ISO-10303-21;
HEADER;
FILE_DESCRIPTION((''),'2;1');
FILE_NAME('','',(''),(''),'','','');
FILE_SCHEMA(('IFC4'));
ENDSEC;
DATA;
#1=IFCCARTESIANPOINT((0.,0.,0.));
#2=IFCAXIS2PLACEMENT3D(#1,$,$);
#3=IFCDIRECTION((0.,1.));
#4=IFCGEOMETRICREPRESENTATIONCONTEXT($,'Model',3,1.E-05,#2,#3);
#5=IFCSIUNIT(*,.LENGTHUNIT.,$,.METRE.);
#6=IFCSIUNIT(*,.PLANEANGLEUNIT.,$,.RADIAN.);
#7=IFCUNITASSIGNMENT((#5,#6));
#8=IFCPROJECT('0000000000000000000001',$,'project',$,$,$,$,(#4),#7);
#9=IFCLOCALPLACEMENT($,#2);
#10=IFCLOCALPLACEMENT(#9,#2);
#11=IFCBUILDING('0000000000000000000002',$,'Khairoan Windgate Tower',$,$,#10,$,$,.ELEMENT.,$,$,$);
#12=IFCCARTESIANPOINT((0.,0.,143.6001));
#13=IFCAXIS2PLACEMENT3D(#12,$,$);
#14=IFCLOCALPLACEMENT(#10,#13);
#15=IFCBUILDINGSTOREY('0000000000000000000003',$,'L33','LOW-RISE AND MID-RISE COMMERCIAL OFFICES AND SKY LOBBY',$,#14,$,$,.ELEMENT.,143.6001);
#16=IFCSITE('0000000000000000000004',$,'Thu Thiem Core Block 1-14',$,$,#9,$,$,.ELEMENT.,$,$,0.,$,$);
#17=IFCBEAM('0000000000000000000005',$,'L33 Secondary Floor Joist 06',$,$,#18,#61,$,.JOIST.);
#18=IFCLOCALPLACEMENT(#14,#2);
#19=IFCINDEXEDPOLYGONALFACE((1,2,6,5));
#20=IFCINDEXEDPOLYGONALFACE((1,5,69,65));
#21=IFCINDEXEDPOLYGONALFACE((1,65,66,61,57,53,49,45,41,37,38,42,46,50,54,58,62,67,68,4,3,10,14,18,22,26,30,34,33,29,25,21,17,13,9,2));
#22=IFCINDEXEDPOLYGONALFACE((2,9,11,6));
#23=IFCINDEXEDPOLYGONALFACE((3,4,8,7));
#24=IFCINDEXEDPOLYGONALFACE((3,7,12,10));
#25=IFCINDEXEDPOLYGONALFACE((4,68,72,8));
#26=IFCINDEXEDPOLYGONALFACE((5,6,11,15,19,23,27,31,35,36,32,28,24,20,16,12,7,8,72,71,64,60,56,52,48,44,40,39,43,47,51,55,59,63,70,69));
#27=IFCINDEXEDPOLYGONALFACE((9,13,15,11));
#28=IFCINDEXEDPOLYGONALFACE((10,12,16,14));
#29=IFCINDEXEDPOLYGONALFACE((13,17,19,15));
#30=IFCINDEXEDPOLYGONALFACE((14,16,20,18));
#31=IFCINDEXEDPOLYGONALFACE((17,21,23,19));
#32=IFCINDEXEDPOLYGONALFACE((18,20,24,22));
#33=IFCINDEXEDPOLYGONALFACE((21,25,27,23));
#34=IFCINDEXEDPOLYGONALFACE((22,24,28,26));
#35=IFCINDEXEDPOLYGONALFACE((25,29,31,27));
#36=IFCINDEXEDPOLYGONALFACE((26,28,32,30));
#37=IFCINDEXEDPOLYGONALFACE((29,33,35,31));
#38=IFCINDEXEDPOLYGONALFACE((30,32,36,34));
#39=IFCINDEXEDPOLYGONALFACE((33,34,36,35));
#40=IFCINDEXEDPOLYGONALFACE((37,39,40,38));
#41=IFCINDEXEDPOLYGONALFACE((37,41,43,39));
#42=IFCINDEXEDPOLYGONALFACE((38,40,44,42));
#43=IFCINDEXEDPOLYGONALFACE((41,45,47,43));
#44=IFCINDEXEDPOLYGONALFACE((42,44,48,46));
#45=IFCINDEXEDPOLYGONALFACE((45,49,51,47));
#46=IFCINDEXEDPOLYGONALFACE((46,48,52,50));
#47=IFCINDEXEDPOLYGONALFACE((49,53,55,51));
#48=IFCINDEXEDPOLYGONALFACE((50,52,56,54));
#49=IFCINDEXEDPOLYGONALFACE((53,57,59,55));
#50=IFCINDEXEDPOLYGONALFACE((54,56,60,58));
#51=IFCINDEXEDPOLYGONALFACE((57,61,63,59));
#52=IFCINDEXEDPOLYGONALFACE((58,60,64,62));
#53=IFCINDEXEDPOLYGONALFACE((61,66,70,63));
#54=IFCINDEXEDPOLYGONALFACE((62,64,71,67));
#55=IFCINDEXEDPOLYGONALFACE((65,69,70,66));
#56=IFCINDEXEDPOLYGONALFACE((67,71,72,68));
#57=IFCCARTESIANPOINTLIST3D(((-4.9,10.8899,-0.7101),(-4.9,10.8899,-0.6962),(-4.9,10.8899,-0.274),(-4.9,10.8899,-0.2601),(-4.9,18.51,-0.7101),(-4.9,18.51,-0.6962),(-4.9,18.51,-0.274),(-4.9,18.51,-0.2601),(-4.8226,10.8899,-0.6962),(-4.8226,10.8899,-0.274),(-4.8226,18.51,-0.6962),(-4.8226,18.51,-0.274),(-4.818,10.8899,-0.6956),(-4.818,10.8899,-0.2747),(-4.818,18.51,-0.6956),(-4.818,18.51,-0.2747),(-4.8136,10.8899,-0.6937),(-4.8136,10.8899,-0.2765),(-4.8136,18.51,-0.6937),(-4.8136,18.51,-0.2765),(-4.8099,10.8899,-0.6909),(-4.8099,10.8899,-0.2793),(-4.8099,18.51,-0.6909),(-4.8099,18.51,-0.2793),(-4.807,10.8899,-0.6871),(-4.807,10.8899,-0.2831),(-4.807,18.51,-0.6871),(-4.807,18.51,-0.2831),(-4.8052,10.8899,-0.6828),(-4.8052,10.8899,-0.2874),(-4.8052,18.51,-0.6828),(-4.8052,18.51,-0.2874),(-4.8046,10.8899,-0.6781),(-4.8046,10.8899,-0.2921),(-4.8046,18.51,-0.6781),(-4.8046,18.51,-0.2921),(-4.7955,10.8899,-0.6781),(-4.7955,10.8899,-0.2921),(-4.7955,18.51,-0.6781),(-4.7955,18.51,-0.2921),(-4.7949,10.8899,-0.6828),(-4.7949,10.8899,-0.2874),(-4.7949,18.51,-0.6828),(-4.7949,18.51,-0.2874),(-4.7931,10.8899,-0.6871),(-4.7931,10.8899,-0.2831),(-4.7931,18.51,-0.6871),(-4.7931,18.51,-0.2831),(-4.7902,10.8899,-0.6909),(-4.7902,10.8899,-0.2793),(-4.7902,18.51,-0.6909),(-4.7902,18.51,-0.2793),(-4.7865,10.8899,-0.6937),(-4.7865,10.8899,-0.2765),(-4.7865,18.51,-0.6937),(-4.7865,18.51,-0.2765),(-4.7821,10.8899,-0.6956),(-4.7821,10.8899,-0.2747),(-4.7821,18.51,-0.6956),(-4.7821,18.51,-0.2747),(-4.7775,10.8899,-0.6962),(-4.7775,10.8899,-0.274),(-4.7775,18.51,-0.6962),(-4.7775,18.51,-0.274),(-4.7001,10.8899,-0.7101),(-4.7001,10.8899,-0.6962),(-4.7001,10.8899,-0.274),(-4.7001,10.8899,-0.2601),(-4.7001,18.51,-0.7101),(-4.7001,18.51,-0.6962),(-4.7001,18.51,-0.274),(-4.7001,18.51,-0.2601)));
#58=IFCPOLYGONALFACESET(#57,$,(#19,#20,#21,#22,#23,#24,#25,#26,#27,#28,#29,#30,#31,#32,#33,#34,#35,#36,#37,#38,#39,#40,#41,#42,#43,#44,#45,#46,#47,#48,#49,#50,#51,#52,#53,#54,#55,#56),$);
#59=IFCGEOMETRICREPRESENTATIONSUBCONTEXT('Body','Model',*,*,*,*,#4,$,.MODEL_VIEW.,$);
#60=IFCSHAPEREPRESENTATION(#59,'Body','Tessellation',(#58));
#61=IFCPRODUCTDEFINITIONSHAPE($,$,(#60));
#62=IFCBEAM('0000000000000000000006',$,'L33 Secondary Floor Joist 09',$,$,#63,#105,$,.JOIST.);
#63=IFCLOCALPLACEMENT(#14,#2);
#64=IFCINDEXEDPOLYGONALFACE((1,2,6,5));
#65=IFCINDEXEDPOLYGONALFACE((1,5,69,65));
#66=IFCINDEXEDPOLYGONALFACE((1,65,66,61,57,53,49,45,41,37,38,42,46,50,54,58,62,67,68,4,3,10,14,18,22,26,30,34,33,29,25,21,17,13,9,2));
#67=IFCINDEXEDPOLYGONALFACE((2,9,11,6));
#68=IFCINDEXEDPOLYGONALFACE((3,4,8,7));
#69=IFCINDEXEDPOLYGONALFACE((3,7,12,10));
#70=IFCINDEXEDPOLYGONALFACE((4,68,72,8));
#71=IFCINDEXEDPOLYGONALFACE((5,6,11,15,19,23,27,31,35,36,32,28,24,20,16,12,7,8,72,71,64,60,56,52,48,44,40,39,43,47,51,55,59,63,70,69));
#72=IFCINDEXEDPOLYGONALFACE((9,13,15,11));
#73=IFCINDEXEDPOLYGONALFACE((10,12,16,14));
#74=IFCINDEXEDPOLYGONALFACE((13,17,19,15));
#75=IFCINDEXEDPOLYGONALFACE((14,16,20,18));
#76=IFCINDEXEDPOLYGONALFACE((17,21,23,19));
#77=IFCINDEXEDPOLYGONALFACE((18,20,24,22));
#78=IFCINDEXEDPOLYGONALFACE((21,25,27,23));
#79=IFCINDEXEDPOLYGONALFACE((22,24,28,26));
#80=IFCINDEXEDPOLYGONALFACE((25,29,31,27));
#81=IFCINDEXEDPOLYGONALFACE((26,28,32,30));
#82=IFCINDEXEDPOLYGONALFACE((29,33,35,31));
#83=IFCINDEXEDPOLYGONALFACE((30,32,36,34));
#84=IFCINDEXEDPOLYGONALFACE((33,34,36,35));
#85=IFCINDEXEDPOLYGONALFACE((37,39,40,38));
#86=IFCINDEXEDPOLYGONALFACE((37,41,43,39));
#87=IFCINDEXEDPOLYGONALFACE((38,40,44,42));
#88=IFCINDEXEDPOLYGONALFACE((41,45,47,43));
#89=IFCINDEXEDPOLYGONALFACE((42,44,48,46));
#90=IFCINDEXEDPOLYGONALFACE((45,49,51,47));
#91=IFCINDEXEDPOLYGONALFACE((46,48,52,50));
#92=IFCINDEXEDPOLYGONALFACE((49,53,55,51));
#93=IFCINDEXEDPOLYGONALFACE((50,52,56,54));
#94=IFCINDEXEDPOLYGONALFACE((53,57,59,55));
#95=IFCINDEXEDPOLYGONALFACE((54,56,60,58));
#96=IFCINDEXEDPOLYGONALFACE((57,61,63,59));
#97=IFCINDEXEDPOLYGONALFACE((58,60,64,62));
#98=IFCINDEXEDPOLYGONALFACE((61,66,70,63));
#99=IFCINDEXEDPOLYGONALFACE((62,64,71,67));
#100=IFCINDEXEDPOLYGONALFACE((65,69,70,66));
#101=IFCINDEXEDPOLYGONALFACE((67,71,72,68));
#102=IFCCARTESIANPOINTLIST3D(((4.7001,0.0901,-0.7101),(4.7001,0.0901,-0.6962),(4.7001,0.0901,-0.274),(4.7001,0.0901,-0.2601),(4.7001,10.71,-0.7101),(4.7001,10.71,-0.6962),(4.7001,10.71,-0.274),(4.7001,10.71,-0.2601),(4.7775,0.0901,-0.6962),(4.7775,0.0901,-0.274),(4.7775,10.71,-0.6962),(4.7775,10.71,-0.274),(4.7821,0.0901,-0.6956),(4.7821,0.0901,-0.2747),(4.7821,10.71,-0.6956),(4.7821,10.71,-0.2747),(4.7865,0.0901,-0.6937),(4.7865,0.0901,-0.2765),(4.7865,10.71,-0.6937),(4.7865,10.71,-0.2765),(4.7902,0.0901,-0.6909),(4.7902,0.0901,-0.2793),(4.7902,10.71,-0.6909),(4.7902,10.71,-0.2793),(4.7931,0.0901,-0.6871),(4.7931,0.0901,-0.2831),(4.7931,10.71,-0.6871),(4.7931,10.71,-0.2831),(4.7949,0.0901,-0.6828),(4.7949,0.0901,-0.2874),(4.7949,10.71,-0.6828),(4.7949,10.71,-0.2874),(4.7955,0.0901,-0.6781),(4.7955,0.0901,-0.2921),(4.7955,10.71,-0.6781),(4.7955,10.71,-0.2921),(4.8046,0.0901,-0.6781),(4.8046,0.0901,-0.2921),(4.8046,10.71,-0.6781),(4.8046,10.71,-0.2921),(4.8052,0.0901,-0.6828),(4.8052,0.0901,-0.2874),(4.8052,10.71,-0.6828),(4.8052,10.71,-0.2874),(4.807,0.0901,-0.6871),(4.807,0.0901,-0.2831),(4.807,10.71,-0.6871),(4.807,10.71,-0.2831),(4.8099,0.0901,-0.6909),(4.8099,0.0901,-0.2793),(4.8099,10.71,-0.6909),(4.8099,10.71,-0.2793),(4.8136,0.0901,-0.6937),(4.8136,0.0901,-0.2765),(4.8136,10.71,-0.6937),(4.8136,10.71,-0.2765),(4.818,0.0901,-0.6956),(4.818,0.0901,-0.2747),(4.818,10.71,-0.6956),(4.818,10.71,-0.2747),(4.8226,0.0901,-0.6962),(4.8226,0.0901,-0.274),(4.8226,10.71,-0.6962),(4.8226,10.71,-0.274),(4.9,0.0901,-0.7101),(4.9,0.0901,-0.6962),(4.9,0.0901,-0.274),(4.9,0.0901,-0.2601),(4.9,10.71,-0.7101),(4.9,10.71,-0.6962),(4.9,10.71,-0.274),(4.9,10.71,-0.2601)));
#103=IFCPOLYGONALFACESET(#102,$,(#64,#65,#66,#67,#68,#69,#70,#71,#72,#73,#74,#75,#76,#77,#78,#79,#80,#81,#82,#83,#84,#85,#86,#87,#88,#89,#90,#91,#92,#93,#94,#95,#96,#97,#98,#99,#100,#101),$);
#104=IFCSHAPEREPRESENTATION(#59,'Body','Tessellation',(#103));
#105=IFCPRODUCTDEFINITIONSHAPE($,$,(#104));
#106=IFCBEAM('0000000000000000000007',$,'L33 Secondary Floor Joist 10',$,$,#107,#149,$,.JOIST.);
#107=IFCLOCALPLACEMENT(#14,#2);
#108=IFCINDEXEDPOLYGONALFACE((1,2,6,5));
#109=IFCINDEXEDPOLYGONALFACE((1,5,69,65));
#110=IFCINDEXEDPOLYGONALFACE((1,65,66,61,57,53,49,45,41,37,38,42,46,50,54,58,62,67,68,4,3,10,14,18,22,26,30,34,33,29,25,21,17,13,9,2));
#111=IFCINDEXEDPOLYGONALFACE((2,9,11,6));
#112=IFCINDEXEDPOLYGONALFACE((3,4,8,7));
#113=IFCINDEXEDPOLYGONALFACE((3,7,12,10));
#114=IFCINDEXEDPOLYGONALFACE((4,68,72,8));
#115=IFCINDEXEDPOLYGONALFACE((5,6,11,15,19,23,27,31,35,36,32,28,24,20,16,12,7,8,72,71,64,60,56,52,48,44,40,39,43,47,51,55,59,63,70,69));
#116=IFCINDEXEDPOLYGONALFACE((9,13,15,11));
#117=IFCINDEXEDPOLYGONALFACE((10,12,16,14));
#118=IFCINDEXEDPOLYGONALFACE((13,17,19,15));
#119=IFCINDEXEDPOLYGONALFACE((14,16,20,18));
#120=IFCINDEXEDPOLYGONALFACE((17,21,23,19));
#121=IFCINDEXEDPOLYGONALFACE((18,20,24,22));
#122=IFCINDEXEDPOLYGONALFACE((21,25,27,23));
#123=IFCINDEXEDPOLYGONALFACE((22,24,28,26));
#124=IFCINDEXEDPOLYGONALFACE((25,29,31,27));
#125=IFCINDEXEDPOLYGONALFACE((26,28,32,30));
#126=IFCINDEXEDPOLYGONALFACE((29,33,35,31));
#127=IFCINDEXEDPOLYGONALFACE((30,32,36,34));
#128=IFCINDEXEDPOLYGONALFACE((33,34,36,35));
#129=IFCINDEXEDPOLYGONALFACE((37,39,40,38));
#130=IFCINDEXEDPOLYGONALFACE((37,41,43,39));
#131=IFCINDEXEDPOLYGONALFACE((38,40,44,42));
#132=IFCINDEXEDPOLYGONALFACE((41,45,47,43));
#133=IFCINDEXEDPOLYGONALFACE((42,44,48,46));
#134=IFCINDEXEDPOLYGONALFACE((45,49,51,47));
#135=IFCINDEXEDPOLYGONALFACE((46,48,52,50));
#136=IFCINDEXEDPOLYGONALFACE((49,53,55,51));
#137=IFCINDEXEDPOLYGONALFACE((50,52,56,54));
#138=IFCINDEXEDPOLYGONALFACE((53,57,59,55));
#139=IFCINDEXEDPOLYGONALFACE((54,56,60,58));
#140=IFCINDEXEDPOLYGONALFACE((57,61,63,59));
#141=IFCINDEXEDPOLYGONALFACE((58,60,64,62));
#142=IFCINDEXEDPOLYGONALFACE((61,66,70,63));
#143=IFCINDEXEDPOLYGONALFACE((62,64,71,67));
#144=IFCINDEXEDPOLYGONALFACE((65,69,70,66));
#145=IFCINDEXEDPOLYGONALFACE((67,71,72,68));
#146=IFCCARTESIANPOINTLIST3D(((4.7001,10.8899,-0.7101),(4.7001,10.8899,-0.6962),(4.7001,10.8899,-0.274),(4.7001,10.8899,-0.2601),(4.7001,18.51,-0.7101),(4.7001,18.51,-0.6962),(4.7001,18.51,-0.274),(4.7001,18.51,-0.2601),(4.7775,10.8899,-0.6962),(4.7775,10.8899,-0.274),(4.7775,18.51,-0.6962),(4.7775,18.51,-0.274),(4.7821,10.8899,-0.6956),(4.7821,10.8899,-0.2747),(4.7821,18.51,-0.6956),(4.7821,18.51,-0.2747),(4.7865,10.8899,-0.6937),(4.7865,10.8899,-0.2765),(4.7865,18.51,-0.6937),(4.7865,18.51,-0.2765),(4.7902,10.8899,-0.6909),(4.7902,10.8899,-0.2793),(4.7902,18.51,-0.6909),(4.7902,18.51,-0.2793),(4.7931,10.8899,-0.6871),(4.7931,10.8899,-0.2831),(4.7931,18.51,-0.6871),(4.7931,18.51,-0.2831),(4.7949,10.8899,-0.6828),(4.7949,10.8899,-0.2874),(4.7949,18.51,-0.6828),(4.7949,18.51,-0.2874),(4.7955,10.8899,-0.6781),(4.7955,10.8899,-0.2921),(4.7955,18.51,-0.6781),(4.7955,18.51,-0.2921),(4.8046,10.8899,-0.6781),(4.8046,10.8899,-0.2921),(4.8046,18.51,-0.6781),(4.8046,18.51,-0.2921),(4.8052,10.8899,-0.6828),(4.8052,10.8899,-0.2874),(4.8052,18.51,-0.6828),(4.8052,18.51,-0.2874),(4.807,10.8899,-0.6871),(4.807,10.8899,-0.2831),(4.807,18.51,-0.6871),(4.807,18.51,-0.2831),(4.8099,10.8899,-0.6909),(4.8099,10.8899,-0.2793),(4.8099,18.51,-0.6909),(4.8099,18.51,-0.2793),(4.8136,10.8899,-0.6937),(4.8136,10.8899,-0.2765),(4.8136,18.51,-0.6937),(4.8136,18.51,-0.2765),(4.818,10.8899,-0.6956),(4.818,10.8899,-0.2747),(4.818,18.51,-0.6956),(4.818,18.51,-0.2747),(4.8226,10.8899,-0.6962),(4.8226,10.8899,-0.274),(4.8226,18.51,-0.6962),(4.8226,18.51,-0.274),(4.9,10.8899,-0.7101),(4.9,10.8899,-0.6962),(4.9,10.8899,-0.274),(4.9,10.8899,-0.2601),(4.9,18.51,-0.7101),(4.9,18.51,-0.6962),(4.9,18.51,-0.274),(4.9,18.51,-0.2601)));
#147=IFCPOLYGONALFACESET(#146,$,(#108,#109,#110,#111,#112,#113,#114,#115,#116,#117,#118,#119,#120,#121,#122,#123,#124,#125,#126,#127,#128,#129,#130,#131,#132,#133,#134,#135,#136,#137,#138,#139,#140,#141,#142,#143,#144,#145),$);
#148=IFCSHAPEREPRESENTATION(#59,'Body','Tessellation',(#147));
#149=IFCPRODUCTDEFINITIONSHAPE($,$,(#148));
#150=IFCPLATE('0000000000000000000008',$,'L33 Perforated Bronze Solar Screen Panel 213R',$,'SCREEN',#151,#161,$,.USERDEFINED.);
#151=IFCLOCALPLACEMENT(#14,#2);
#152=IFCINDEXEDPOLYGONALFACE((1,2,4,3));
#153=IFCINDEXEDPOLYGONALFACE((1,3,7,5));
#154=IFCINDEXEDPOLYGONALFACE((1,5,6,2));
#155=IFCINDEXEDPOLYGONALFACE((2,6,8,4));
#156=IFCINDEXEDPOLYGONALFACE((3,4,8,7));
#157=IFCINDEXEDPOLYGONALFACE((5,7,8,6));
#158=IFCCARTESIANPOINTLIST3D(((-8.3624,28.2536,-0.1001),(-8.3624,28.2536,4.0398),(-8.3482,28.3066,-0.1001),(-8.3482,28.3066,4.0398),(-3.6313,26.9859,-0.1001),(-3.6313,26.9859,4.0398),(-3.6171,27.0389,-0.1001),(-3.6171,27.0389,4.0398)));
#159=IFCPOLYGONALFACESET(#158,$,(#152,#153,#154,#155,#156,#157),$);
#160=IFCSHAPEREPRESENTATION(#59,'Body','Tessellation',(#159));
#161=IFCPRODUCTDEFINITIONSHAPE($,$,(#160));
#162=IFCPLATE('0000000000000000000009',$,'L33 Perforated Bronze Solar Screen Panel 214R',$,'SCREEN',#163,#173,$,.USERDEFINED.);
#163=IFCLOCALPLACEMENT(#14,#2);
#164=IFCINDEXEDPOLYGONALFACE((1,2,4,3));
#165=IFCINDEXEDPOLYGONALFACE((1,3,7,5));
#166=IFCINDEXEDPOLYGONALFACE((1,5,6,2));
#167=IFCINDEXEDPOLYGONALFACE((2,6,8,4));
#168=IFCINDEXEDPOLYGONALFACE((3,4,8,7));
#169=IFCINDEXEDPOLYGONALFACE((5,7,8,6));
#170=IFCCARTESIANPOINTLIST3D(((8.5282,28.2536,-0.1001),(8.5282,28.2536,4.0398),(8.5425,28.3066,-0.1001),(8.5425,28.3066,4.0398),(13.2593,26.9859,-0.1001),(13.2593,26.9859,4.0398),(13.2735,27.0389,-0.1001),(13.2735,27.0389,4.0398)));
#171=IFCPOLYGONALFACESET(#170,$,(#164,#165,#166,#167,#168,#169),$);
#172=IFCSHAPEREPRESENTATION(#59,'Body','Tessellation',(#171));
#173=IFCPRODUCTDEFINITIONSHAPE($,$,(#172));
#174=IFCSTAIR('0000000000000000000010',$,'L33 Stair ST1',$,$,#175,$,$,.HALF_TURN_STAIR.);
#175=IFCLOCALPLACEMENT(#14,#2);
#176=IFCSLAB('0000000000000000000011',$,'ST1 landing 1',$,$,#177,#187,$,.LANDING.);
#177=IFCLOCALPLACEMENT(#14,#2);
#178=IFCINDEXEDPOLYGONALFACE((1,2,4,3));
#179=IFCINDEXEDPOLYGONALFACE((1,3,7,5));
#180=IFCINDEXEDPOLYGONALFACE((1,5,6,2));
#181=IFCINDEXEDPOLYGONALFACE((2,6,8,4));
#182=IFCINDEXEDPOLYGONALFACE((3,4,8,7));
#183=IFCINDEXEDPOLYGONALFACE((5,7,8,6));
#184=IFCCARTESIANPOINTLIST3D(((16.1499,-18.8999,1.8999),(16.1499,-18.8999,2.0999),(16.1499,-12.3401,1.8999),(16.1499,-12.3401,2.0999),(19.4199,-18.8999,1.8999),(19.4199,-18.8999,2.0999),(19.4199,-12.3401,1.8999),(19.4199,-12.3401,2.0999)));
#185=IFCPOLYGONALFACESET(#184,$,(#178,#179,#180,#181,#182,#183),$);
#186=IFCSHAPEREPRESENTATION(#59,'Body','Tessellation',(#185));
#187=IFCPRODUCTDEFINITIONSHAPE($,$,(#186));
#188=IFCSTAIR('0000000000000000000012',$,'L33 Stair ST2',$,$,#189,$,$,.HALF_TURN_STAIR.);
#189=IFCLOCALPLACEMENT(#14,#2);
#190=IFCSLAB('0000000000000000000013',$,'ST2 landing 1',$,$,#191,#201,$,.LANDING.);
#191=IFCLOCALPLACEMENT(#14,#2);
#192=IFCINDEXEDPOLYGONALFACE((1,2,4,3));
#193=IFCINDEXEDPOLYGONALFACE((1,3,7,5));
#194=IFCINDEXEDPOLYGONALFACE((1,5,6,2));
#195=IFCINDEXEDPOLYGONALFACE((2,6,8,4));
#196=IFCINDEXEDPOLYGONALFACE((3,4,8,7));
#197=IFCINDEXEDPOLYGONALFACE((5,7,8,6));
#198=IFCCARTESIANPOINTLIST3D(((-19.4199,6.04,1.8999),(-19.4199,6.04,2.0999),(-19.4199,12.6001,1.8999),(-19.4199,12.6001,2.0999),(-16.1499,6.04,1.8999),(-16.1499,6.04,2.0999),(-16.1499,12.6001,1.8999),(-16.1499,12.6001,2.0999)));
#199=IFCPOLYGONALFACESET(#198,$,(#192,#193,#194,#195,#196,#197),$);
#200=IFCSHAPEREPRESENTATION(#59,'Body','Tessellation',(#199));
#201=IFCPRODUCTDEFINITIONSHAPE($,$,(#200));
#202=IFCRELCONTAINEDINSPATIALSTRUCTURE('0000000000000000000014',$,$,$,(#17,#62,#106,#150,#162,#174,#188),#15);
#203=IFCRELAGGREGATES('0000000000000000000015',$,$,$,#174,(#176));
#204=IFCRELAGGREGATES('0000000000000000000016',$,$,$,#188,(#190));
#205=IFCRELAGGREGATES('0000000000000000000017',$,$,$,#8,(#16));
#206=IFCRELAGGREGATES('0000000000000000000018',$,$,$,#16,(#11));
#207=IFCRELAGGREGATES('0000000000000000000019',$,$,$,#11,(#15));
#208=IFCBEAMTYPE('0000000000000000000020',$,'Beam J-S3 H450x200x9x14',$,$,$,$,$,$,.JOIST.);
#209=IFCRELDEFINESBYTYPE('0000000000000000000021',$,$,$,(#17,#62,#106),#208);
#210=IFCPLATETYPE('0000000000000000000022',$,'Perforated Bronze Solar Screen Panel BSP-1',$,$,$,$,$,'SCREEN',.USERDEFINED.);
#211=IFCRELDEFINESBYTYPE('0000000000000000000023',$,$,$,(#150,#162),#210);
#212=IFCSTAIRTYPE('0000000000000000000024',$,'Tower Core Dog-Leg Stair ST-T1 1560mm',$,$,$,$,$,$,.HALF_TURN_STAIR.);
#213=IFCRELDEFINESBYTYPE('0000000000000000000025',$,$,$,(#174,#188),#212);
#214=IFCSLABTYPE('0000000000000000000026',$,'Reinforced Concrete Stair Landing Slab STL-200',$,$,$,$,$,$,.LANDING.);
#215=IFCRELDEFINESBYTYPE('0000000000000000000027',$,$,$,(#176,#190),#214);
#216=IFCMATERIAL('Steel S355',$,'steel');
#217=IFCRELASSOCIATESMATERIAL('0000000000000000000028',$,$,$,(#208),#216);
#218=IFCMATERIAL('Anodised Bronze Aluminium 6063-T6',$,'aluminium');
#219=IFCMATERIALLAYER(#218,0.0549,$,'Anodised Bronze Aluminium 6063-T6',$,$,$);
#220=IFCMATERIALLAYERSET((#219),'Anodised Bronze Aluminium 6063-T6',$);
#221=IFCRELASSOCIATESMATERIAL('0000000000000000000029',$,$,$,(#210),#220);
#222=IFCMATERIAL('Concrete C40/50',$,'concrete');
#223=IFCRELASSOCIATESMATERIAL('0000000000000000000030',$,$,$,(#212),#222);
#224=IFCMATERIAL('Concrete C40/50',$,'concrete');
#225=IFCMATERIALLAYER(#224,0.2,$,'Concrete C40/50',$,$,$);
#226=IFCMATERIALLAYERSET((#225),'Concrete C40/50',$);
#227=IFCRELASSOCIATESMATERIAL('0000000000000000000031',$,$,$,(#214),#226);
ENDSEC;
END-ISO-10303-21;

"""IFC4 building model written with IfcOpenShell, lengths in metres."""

from ifc_helpers import new_model, si_unit, direction, frame, origin, origin_2d, place, context, subcontext, project, spatial, polyline, rectangle, i_section, outline, extrude, material, layer, layer_set, material_profile, profile_set, type_object, element, aggregate, save


model = new_model("IFC4")

# Units and contexts
model_context = context("Model", 3, precision=1e-05, world=origin(), true_north=direction((0.0, 1.0)))
body_context = subcontext(model_context, "Body", "Model", "MODEL_VIEW")
ifc_project = project(units=[si_unit("LENGTHUNIT", "METRE"), si_unit("PLANEANGLEUNIT", "RADIAN")], contexts=[model_context])

# Site, building, storey
site_placement = place(None, origin())
site = spatial("IfcSite", under=ifc_project, at=site_placement, Name="Thu Thiem Core Block 1-14", CompositionType="ELEMENT", RefElevation=0.0)
building_placement = place(site_placement, origin())
building = spatial("IfcBuilding", under=site, at=building_placement, Name="Khairoan Windgate Tower", CompositionType="ELEMENT")
storey_placement = place(building_placement, frame((0.0, 0.0, 143.6001)))
storey = spatial("IfcBuildingStorey", under=building, at=storey_placement, Name="L33", Description="LOW-RISE AND MID-RISE COMMERCIAL OFFICES AND SKY LOBBY", CompositionType="ELEMENT", Elevation=143.6001)

# Beams
ifc_material_1 = material(Name="Steel S355", Category="steel")
ifc_material_profile_1 = material_profile(ifc_material_1, i_section(OverallWidth=0.2, OverallDepth=0.45, WebThickness=0.009, FlangeThickness=0.0139, FilletRadius=0.0181, at=origin_2d()))
ifc_profile_set_1 = profile_set([ifc_material_profile_1], Name="Steel S355")
beam_type_1 = type_object("IfcBeamType", Name="Beam J-S3 H450x200x9x14", PredefinedType="JOIST", material=ifc_profile_set_1)
beam_1_placement = place(storey_placement, frame((-4.8, 10.8899, -0.4851), z_axis=(0.0, 1.0, 0.0), x_axis=(-1.0, 0.0, 0.0)))
element("IfcBeam", 1, at=beam_1_placement, inside=storey, type_object=beam_type_1, Name="L33 Secondary Floor Joist 06", PredefinedType="JOIST", context=body_context, shape_type="SweptSolid", body=[
    extrude(i_section(OverallWidth=0.2, OverallDepth=0.45, WebThickness=0.009, FlangeThickness=0.0139, FilletRadius=0.0181, at=origin_2d()), origin(), (0.0, 0.0, 1.0), 7.6201),
])
beam_2_placement = place(storey_placement, frame((4.8, 0.0901, -0.4851), z_axis=(0.0, 1.0, 0.0), x_axis=(-1.0, 0.0, 0.0)))
element("IfcBeam", 2, at=beam_2_placement, inside=storey, type_object=beam_type_1, Name="L33 Secondary Floor Joist 09", PredefinedType="JOIST", context=body_context, shape_type="SweptSolid", body=[
    extrude(i_section(OverallWidth=0.2, OverallDepth=0.45, WebThickness=0.009, FlangeThickness=0.0139, FilletRadius=0.0181, at=origin_2d()), origin(), (0.0, 0.0, 1.0), 10.6199),
])
beam_3_placement = place(storey_placement, frame((4.8, 10.8899, -0.4851), z_axis=(0.0, 1.0, 0.0), x_axis=(-1.0, 0.0, 0.0)))
element("IfcBeam", 3, at=beam_3_placement, inside=storey, type_object=beam_type_1, Name="L33 Secondary Floor Joist 10", PredefinedType="JOIST", context=body_context, shape_type="SweptSolid", body=[
    extrude(i_section(OverallWidth=0.2, OverallDepth=0.45, WebThickness=0.009, FlangeThickness=0.0139, FilletRadius=0.0181, at=origin_2d()), origin(), (0.0, 0.0, 1.0), 7.6201),
])

# Plates
ifc_material_2 = material(Name="Anodised Bronze Aluminium 6063-T6", Category="aluminium")
ifc_layer_1 = layer(ifc_material_2, 0.0549, Name="Anodised Bronze Aluminium 6063-T6")
ifc_layer_set_1 = layer_set([ifc_layer_1], Name="Anodised Bronze Aluminium 6063-T6")
plate_type = type_object("IfcPlateType", Name="Perforated Bronze Solar Screen Panel BSP-1", ElementType="SCREEN", PredefinedType="USERDEFINED", material=ifc_layer_set_1)
for number, where, z_axis, x_axis, name in (
    (4, (-5.9897, 27.6462, -0.1001), (0.0, 0.0, 1.0), (0.965926, -0.258819, 0.0), "L33 Perforated Bronze Solar Screen Panel 213R"),
    (5, (10.9009, 27.6462, -0.1001), (0.0, 0.0, 1.0), (0.965926, -0.258819, 0.0), "L33 Perforated Bronze Solar Screen Panel 214R"),
):
    element("IfcPlate", number, at=place(storey_placement, frame(where, z_axis=z_axis, x_axis=x_axis)), inside=storey, type_object=plate_type, Name=name, ObjectType="SCREEN", PredefinedType="USERDEFINED", context=body_context, shape_type="SweptSolid", body=[
        extrude(rectangle(XDim=4.8979, YDim=0.0549, at=origin_2d()), origin(), (0.0, 0.0, 1.0), 4.1399),
    ])

# Stairs, slabs
ifc_material_3 = material(Name="Concrete C40/50", Category="concrete")
stair_type = type_object("IfcStairType", Name="Tower Core Dog-Leg Stair ST-T1 1560mm", PredefinedType="HALF_TURN_STAIR", material=ifc_material_3)
stair_1_placement = place(storey_placement, origin())
stair_1 = element("IfcStair", 6, at=stair_1_placement, inside=storey, type_object=stair_type, Name="L33 Stair ST1", PredefinedType="HALF_TURN_STAIR")
ifc_material_4 = material(Name="Concrete C40/50", Category="concrete")
ifc_layer_2 = layer(ifc_material_4, 0.2, Name="Concrete C40/50")
ifc_layer_set_2 = layer_set([ifc_layer_2], Name="Concrete C40/50")
slab_type_1 = type_object("IfcSlabType", Name="Reinforced Concrete Stair Landing Slab STL-200", PredefinedType="LANDING", material=ifc_layer_set_2)
slab_1_placement = place(storey_placement, frame((0.0, 0.0, 1.8999)))
slab_1 = element("IfcSlab", 7, at=slab_1_placement, type_object=slab_type_1, Name="ST1 landing 1", PredefinedType="LANDING", context=body_context, shape_type="SweptSolid", body=[
    extrude(outline(polyline([(16.1499, -12.3401), (16.1499, -18.8999), (19.4199, -18.8999), (19.4199, -12.3401), (16.1499, -12.3401)])), origin(), (0.0, 0.0, 1.0), 0.2),
])
aggregate(stair_1, [slab_1])
stair_2_placement = place(storey_placement, origin())
stair_2 = element("IfcStair", 8, at=stair_2_placement, inside=storey, type_object=stair_type, Name="L33 Stair ST2", PredefinedType="HALF_TURN_STAIR")
slab_2_placement = place(storey_placement, frame((0.0, 0.0, 1.8999)))
slab_2 = element("IfcSlab", 9, at=slab_2_placement, type_object=slab_type_1, Name="ST2 landing 1", PredefinedType="LANDING", context=body_context, shape_type="SweptSolid", body=[
    extrude(outline(polyline([(-16.1499, 6.04), (-16.1499, 12.6001), (-19.4199, 12.6001), (-19.4199, 6.04), (-16.1499, 6.04)])), origin(), (0.0, 0.0, 1.0), 0.2),
])
aggregate(stair_2, [slab_2])

save(model, "model.ifc")
